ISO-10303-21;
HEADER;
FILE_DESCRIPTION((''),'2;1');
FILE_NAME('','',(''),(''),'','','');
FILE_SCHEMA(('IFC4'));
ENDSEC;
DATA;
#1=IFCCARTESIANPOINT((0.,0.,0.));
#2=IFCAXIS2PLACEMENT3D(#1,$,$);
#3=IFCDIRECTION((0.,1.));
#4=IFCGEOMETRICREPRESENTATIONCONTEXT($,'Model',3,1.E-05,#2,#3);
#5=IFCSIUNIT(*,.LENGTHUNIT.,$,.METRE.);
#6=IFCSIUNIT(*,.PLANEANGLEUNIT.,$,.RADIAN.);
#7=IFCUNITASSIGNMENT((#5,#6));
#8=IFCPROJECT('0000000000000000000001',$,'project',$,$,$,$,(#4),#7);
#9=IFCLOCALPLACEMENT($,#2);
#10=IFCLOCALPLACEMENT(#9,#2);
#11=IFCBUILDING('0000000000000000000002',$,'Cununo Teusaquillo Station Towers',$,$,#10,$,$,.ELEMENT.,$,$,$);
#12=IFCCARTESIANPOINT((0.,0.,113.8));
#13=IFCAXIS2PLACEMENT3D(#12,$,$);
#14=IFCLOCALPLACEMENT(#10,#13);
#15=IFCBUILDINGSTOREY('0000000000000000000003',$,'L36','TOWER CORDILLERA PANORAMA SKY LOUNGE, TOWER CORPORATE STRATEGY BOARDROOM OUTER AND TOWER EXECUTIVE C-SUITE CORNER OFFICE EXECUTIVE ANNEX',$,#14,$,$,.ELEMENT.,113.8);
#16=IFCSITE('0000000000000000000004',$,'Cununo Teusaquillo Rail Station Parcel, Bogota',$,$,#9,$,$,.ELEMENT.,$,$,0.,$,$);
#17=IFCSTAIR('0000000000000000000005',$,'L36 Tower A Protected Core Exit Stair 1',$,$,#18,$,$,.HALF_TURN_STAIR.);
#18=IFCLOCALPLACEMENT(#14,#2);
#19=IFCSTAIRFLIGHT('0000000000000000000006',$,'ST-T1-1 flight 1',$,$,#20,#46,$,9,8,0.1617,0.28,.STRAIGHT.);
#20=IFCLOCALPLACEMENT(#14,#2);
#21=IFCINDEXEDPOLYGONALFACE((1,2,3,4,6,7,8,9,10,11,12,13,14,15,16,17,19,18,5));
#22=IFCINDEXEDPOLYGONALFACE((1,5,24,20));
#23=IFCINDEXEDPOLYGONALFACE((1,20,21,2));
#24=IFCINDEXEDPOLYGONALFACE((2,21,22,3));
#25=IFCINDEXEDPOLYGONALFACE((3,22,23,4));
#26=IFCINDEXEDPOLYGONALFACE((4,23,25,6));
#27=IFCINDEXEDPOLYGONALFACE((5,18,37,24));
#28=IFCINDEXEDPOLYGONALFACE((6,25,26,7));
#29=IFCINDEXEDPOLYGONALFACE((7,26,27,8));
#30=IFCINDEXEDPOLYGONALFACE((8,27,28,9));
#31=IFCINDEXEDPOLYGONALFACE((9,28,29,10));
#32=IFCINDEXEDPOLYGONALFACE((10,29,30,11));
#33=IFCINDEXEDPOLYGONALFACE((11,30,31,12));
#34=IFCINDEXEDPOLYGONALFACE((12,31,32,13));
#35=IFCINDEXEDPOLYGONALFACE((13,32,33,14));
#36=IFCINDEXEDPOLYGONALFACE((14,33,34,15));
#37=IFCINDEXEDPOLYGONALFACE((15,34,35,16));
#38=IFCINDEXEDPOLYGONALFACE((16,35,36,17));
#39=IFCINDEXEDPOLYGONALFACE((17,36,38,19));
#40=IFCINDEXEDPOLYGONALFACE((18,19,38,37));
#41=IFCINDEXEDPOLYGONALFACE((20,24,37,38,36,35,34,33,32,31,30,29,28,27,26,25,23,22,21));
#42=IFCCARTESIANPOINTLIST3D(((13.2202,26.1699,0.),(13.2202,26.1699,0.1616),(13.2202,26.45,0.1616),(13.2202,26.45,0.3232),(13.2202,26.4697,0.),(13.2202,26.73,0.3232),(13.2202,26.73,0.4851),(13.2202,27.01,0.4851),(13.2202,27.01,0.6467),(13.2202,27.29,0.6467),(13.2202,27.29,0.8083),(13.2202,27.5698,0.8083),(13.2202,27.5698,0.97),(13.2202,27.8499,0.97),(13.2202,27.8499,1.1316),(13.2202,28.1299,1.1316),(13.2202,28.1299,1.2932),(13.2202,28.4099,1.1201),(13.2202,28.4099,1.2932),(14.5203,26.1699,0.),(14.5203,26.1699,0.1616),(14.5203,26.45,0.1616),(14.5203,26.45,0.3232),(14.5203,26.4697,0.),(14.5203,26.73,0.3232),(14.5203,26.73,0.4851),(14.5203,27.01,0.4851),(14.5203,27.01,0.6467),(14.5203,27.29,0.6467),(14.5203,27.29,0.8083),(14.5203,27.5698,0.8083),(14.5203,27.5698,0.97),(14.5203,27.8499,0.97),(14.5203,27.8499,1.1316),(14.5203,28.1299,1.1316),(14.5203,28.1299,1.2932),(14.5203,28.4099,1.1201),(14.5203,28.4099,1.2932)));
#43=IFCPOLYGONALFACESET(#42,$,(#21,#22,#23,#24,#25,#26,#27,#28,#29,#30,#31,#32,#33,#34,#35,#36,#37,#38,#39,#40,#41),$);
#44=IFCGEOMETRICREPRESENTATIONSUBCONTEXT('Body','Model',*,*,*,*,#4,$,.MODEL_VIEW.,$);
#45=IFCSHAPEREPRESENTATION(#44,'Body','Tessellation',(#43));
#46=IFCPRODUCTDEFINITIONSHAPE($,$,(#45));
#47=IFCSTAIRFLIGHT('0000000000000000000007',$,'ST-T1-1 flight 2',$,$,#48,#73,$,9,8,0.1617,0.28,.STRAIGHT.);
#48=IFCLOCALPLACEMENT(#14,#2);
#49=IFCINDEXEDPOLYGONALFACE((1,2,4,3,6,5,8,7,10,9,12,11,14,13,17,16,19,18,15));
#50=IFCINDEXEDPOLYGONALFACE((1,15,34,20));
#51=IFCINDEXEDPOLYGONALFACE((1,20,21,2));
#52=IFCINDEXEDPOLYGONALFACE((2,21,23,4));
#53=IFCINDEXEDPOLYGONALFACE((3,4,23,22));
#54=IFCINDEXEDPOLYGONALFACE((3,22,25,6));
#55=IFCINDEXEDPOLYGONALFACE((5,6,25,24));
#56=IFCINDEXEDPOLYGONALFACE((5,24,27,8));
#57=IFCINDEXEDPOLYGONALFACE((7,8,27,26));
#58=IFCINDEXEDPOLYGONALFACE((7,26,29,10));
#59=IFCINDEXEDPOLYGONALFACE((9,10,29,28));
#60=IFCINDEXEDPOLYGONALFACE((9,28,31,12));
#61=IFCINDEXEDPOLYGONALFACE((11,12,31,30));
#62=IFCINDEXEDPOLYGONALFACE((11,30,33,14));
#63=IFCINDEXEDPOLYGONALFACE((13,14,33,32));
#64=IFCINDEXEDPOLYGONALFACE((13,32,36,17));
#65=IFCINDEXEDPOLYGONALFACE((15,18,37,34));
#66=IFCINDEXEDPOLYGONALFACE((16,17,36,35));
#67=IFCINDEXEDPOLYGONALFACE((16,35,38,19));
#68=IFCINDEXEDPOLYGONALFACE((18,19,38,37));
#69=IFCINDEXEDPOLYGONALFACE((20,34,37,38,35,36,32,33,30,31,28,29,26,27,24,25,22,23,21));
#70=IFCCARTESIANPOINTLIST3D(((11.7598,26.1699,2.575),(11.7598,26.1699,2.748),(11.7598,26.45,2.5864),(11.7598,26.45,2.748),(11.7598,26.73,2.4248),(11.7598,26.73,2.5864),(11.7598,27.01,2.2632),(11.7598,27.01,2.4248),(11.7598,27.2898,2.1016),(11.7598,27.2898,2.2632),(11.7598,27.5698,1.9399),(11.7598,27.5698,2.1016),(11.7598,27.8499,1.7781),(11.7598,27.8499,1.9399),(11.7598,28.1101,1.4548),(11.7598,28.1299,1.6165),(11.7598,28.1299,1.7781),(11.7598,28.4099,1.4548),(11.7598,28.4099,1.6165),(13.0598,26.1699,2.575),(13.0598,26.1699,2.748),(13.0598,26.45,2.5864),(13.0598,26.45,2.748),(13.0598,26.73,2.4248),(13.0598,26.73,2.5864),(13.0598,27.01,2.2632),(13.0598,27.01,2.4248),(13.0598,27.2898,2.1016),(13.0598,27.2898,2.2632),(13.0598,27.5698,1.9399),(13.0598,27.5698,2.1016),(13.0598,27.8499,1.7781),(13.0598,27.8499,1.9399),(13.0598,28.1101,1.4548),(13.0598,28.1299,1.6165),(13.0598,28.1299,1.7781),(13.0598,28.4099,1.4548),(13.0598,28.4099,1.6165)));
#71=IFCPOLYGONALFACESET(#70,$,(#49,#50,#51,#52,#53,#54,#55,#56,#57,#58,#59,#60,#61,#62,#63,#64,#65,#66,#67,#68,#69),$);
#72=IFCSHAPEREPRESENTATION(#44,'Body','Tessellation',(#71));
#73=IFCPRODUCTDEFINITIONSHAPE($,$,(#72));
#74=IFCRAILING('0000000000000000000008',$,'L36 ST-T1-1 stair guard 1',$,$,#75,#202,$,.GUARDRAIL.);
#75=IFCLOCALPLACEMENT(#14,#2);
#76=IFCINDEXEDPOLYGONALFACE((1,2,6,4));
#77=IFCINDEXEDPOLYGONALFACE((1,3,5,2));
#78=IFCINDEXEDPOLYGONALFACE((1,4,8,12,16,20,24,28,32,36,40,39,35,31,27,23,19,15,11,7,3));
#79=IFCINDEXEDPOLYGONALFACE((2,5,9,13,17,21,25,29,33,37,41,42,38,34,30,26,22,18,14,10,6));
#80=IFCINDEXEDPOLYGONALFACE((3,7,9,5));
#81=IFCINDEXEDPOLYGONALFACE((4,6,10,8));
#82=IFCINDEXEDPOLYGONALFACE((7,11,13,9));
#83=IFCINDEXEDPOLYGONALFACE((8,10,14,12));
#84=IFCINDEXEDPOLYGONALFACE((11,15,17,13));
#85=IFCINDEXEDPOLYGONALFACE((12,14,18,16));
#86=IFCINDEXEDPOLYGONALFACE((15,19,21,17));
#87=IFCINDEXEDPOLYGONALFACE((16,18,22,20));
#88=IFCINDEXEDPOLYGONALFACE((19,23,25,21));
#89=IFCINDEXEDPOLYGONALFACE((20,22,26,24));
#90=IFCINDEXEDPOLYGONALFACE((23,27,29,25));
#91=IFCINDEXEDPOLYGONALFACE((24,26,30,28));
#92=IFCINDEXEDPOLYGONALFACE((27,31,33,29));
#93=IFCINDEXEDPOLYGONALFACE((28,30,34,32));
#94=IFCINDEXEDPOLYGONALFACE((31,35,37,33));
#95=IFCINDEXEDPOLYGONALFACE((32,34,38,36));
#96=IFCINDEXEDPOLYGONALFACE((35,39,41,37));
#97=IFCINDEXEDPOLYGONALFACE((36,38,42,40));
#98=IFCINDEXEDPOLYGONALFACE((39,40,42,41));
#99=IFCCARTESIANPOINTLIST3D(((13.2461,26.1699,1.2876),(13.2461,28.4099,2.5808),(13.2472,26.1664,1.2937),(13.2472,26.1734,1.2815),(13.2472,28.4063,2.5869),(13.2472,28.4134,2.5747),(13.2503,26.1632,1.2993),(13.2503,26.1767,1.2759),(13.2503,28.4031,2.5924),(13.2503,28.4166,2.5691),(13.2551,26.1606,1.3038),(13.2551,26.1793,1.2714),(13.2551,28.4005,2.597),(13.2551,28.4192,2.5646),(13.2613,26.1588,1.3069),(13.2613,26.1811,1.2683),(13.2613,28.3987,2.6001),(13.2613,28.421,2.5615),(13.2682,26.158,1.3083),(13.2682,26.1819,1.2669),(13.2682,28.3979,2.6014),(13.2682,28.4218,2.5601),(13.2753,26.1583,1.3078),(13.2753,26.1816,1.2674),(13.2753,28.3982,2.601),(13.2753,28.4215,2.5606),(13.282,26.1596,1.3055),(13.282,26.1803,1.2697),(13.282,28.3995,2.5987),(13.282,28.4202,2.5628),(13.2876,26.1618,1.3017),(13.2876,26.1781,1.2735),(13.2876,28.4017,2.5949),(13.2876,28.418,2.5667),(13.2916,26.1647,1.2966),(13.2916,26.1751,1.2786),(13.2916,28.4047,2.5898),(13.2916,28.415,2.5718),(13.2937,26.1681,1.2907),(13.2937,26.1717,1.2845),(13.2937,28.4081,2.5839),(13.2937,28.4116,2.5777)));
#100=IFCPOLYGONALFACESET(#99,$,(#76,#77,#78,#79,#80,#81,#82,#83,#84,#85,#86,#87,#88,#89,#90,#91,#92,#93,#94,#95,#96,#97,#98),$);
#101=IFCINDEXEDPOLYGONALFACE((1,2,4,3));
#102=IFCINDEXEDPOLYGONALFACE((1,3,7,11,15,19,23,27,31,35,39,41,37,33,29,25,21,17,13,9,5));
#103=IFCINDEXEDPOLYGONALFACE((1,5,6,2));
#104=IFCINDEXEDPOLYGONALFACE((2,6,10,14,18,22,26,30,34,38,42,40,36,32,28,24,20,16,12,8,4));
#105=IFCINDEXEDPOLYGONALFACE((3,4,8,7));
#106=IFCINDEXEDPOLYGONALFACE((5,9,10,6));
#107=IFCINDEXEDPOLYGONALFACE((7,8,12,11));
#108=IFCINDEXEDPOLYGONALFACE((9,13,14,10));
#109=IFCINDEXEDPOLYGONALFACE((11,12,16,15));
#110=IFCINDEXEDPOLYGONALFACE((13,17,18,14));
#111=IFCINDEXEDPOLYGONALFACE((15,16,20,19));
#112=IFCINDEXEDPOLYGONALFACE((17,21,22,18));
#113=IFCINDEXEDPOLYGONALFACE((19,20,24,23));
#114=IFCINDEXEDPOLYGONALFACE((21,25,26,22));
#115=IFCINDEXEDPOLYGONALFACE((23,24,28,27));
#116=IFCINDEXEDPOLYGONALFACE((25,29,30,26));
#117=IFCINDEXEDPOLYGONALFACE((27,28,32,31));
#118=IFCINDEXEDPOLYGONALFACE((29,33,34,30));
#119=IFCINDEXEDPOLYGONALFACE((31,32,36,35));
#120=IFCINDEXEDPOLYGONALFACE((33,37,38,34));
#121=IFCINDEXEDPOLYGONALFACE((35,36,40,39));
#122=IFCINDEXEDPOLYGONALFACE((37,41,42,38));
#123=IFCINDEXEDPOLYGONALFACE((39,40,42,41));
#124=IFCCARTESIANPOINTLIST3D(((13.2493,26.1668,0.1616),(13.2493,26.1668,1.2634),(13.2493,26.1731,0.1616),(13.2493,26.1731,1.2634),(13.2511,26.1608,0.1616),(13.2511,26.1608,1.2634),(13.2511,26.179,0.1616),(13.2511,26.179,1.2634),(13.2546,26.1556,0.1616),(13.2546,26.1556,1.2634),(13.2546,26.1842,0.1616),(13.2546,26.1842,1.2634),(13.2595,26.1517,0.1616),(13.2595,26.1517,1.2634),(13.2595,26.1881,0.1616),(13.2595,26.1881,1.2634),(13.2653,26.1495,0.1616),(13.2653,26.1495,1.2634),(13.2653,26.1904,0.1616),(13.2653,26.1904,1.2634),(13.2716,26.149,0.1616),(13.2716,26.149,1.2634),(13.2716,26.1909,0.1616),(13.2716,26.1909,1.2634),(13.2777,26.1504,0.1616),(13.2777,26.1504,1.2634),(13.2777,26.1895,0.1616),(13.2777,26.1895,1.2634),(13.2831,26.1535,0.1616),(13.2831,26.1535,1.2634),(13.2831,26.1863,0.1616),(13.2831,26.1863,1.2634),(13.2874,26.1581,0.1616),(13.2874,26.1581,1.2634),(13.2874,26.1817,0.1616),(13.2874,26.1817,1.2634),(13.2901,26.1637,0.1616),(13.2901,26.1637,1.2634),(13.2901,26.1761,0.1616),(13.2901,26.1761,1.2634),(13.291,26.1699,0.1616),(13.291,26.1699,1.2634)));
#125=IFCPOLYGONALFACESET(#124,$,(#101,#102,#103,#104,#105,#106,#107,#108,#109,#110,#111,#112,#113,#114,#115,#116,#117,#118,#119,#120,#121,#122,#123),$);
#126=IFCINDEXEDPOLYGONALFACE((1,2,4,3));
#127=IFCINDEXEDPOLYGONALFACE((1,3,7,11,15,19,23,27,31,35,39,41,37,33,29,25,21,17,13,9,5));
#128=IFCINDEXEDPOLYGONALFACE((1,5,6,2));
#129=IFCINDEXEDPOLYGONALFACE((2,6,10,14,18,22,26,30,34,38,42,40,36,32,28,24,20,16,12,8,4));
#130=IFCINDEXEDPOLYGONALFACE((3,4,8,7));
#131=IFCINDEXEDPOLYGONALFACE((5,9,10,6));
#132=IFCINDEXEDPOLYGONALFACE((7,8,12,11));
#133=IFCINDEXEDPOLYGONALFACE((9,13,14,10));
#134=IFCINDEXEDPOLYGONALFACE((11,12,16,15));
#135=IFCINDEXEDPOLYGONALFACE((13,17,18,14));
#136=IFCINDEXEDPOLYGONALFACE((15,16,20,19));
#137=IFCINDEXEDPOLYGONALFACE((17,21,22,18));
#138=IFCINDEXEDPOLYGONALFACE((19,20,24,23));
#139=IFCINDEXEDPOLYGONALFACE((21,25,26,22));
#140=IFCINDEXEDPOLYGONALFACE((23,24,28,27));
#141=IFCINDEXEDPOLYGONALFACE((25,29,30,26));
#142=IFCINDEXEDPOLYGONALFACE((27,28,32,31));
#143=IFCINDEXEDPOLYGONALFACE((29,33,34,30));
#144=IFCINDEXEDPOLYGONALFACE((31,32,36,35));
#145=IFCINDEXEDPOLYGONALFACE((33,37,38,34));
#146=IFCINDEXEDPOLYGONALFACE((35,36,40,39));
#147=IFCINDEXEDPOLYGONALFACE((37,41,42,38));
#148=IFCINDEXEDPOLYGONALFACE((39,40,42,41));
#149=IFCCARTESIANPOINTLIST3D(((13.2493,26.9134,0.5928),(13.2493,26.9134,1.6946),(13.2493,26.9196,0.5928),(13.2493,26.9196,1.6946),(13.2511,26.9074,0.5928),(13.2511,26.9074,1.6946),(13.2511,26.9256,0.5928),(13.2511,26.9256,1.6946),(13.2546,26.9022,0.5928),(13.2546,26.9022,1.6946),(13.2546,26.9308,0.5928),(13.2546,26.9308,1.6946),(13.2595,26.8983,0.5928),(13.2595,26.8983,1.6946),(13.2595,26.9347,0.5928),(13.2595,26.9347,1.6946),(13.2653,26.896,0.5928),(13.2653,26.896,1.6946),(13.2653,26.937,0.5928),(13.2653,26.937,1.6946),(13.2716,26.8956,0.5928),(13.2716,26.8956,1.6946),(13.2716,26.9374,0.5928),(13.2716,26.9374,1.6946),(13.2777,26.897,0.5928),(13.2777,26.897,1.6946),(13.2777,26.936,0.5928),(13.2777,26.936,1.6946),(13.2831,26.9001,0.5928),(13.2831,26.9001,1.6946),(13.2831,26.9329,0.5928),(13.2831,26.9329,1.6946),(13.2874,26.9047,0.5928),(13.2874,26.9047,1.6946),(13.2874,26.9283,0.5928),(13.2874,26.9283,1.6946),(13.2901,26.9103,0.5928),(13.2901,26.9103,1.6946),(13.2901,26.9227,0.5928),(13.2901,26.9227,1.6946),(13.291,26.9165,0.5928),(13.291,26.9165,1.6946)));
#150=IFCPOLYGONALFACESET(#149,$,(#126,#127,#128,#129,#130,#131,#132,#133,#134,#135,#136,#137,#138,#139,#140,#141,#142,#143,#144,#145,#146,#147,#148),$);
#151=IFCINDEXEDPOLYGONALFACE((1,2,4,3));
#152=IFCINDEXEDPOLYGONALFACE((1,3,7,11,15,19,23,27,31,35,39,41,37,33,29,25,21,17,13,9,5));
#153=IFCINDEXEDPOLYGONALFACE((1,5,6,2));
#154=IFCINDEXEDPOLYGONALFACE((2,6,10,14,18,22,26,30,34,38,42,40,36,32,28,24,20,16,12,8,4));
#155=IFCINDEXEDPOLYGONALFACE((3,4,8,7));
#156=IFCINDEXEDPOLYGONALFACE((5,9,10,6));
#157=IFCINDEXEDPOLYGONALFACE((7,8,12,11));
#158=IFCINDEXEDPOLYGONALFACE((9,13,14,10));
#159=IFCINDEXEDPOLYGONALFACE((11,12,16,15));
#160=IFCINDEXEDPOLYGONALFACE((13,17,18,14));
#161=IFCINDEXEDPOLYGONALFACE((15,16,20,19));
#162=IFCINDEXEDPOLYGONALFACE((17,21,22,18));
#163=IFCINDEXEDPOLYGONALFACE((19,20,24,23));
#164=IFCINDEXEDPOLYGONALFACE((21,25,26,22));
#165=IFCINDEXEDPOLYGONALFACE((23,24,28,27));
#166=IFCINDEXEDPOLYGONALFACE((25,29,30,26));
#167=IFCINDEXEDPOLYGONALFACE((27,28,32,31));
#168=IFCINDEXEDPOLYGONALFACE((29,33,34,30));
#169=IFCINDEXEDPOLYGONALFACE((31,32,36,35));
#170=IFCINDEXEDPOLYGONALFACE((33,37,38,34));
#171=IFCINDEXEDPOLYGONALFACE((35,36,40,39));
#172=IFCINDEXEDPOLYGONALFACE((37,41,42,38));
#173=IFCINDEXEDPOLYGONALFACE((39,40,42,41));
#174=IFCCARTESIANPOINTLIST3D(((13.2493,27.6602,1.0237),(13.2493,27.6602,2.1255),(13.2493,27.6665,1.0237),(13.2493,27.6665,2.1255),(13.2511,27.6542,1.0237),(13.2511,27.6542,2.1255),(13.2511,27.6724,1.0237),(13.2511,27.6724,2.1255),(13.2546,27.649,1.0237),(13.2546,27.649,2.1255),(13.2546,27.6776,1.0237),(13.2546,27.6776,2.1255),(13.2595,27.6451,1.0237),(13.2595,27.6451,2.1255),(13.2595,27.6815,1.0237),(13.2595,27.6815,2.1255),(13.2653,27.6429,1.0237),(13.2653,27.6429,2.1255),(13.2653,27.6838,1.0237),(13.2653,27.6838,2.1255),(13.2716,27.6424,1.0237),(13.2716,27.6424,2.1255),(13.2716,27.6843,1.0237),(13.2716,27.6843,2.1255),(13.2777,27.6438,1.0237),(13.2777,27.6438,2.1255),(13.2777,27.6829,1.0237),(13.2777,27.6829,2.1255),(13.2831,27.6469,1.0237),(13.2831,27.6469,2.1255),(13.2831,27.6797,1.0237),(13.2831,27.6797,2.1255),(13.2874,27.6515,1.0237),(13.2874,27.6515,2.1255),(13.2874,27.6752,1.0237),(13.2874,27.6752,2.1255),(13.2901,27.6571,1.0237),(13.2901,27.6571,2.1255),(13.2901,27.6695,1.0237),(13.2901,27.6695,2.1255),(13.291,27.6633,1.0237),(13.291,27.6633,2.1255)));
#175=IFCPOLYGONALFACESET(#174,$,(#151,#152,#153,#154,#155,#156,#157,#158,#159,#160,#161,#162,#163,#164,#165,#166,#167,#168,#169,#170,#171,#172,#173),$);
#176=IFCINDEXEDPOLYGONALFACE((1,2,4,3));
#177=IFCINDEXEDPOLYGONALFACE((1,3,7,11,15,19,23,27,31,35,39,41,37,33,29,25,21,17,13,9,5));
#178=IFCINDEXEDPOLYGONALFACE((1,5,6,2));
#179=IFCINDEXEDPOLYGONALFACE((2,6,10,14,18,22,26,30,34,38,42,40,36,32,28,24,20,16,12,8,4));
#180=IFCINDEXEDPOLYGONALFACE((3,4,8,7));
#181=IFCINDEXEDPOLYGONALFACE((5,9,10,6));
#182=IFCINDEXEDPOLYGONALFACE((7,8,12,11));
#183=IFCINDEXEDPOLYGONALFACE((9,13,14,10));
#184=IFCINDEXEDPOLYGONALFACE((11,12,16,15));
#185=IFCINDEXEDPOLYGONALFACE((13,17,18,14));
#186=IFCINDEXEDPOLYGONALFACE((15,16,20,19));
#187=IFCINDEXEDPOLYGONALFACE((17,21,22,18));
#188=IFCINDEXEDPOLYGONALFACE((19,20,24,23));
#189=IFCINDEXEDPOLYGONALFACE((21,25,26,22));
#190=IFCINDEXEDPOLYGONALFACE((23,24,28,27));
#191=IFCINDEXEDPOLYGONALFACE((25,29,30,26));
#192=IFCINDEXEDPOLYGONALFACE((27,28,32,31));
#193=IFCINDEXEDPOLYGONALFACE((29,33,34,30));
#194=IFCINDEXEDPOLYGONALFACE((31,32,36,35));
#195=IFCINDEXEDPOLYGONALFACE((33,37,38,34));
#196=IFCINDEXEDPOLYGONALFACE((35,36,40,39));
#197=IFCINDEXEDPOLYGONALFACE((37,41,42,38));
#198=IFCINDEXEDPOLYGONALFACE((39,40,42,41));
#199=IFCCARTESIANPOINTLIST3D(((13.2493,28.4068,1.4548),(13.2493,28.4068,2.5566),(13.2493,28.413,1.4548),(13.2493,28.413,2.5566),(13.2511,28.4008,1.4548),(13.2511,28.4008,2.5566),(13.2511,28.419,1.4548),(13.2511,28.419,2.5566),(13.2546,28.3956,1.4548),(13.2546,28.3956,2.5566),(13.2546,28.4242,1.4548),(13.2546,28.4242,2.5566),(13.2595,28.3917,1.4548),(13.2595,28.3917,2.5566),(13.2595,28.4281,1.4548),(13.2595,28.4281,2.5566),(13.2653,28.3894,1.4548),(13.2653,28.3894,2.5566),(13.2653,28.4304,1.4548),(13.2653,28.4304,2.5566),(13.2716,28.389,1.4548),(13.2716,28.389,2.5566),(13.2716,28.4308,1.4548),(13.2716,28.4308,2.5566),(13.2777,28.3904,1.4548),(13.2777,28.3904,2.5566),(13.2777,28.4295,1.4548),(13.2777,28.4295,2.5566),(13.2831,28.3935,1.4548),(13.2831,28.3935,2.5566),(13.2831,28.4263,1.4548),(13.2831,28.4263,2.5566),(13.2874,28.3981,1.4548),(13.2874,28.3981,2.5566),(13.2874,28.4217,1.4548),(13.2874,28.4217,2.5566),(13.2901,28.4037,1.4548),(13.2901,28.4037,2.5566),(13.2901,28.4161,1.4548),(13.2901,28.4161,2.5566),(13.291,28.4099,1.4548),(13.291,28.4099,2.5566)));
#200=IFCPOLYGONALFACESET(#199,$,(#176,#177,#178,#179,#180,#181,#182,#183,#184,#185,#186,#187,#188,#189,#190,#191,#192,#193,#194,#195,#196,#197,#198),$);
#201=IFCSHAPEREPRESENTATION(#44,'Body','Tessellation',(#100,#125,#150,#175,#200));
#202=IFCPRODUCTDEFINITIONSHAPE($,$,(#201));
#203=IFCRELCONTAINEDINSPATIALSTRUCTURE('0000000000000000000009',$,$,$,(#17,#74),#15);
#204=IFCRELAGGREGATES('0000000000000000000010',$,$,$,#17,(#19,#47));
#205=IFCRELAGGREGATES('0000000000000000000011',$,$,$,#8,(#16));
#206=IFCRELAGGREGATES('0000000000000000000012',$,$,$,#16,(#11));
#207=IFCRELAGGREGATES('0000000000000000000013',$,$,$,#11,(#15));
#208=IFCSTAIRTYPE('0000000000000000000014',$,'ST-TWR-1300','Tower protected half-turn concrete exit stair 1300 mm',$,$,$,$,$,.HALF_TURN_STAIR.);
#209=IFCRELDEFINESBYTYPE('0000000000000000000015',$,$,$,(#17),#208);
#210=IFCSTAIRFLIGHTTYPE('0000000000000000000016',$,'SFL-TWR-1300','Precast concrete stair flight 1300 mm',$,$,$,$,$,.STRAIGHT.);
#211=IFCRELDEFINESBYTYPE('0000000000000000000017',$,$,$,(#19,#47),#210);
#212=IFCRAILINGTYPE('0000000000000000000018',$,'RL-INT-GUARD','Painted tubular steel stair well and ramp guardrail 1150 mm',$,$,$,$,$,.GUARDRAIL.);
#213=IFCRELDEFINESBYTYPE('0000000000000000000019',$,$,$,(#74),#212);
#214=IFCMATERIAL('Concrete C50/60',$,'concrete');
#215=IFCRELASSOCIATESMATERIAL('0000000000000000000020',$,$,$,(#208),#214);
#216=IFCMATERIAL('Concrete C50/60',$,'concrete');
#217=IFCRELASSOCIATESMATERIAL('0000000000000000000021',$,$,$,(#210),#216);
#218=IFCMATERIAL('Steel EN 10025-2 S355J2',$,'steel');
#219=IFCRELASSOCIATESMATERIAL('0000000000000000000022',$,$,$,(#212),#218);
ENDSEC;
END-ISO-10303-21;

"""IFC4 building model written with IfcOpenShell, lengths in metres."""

from ifc_helpers import new_model, si_unit, direction, frame, origin, origin_2d, place, context, subcontext, project, spatial, polyline, circle, outline, extrude, material, type_object, element, aggregate, save


model = new_model("IFC4")

# Units and contexts
model_context = context("Model", 3, precision=1e-05, world=origin(), true_north=direction((0.0, 1.0)))
body_context = subcontext(model_context, "Body", "Model", "MODEL_VIEW")
ifc_project = project(units=[si_unit("LENGTHUNIT", "METRE"), si_unit("PLANEANGLEUNIT", "RADIAN")], contexts=[model_context])

# Site, building, storey
site_placement = place(None, origin())
site = spatial("IfcSite", under=ifc_project, at=site_placement, Name="Cununo Teusaquillo Rail Station Parcel, Bogota", CompositionType="ELEMENT", RefElevation=0.0)
building_placement = place(site_placement, origin())
building = spatial("IfcBuilding", under=site, at=building_placement, Name="Cununo Teusaquillo Station Towers", CompositionType="ELEMENT")
storey_placement = place(building_placement, frame((0.0, 0.0, 113.8)))
storey = spatial("IfcBuildingStorey", under=building, at=storey_placement, Name="L36", Description="TOWER CORDILLERA PANORAMA SKY LOUNGE, TOWER CORPORATE STRATEGY BOARDROOM OUTER AND TOWER EXECUTIVE C-SUITE CORNER OFFICE EXECUTIVE ANNEX", CompositionType="ELEMENT", Elevation=113.8)

# Stair, stair flights
ifc_material_1 = material(Name="Concrete C50/60", Category="concrete")
stair_type = type_object("IfcStairType", Name="ST-TWR-1300", Description="Tower protected half-turn concrete exit stair 1300 mm", PredefinedType="HALF_TURN_STAIR", material=ifc_material_1)
stair_placement = place(storey_placement, origin())
stair = element("IfcStair", 1, at=stair_placement, inside=storey, type_object=stair_type, Name="L36 Tower A Protected Core Exit Stair 1", PredefinedType="HALF_TURN_STAIR")
ifc_material_2 = material(Name="Concrete C50/60", Category="concrete")
stair_flight_type = type_object("IfcStairFlightType", Name="SFL-TWR-1300", Description="Precast concrete stair flight 1300 mm", PredefinedType="STRAIGHT", material=ifc_material_2)
stair_flight_1_placement = place(storey_placement, frame((13.8701, 26.1699, 0.0), z_axis=(0.0, 0.0, 1.0), x_axis=(0.0, 1.0, 0.0)))
stair_flight_1 = element("IfcStairFlight", 2, at=stair_flight_1_placement, type_object=stair_flight_type, Name="ST-T1-1 flight 1", NumberOfRisers=9, NumberOfTreads=8, PredefinedType="STRAIGHT", RiserHeight=0.1617, TreadLength=0.28, context=body_context, shape_type="SweptSolid", body=[
    extrude(outline(polyline([(0.0, 0.0), (0.0, 0.1616), (0.28, 0.1616), (0.28, 0.3232), (0.5601, 0.3232), (0.5601, 0.4851), (0.8401, 0.4851), (0.8401, 0.6467), (1.1201, 0.6467), (1.1201, 0.8083), (1.3999, 0.8083), (1.3999, 0.97), (1.6799, 0.97), (1.6799, 1.1316), (1.96, 1.1316), (1.96, 1.2932), (2.24, 1.2932), (2.24, 1.4551), (2.24, 1.1201), (0.2998, 0.0), (0.0, 0.0)])), frame((0.0, 0.6499, 0.0), z_axis=(0.0, -1.0, 0.0), x_axis=(1.0, 0.0, 0.0)), (0.0, 0.0, 1.0), 1.3),
])
stair_flight_2_placement = place(storey_placement, frame((12.4099, 28.4099, 1.4548), z_axis=(0.0, 0.0, 1.0), x_axis=(0.0, -1.0, 0.0)))
stair_flight_2 = element("IfcStairFlight", 3, at=stair_flight_2_placement, type_object=stair_flight_type, Name="ST-T1-1 flight 2", NumberOfRisers=9, NumberOfTreads=8, PredefinedType="STRAIGHT", RiserHeight=0.1617, TreadLength=0.28, context=body_context, shape_type="SweptSolid", body=[
    extrude(outline(polyline([(0.0, 0.0), (0.0, 0.1616), (0.28, 0.1616), (0.28, 0.3232), (0.5601, 0.3232), (0.5601, 0.4851), (0.8401, 0.4851), (0.8401, 0.6467), (1.1201, 0.6467), (1.1201, 0.8083), (1.3999, 0.8083), (1.3999, 0.97), (1.6799, 0.97), (1.6799, 1.1316), (1.96, 1.1316), (1.96, 1.2932), (2.24, 1.2932), (2.24, 1.4551), (2.24, 1.1201), (0.2998, 0.0), (0.0, 0.0)])), frame((0.0, 0.6499, 0.0), z_axis=(0.0, -1.0, 0.0), x_axis=(1.0, 0.0, 0.0)), (0.0, 0.0, 1.0), 1.3),
])
aggregate(stair, [stair_flight_1, stair_flight_2])

# Railing
ifc_material_3 = material(Name="Steel EN 10025-2 S355J2", Category="steel")
railing_type_1 = type_object("IfcRailingType", Name="RL-INT-GUARD", Description="Painted tubular steel stair well and ramp guardrail 1150 mm", PredefinedType="GUARDRAIL", material=ifc_material_3)
railing_1_placement = place(storey_placement, frame((13.27, 26.1699, 0.1616)))
element("IfcRailing", 4, at=railing_1_placement, inside=storey, type_object=railing_type_1, Name="L36 ST-T1-1 stair guard 1", PredefinedType="GUARDRAIL", context=body_context, shape_type="SweptSolid", body=[
    extrude(circle(Radius=0.0239, at=origin_2d()), frame((0.0, 0.0, 1.126), z_axis=(0.0, 0.866033, 0.499987), x_axis=(-1.0, 0.0, 0.0)), (0.0, 0.0, 1.0), 2.5864),
    extrude(circle(Radius=0.021, at=origin_2d()), origin(), (0.0, 0.0, 1.0), 1.1018),
    extrude(circle(Radius=0.021, at=origin_2d()), frame((0.0, 0.7466, 0.4312)), (0.0, 0.0, 1.0), 1.1018),
    extrude(circle(Radius=0.021, at=origin_2d()), frame((0.0, 1.4934, 0.8621)), (0.0, 0.0, 1.0), 1.1018),
    extrude(circle(Radius=0.021, at=origin_2d()), frame((0.0, 2.24, 1.2932)), (0.0, 0.0, 1.0), 1.1018),
])

save(model, "model.ifc")
